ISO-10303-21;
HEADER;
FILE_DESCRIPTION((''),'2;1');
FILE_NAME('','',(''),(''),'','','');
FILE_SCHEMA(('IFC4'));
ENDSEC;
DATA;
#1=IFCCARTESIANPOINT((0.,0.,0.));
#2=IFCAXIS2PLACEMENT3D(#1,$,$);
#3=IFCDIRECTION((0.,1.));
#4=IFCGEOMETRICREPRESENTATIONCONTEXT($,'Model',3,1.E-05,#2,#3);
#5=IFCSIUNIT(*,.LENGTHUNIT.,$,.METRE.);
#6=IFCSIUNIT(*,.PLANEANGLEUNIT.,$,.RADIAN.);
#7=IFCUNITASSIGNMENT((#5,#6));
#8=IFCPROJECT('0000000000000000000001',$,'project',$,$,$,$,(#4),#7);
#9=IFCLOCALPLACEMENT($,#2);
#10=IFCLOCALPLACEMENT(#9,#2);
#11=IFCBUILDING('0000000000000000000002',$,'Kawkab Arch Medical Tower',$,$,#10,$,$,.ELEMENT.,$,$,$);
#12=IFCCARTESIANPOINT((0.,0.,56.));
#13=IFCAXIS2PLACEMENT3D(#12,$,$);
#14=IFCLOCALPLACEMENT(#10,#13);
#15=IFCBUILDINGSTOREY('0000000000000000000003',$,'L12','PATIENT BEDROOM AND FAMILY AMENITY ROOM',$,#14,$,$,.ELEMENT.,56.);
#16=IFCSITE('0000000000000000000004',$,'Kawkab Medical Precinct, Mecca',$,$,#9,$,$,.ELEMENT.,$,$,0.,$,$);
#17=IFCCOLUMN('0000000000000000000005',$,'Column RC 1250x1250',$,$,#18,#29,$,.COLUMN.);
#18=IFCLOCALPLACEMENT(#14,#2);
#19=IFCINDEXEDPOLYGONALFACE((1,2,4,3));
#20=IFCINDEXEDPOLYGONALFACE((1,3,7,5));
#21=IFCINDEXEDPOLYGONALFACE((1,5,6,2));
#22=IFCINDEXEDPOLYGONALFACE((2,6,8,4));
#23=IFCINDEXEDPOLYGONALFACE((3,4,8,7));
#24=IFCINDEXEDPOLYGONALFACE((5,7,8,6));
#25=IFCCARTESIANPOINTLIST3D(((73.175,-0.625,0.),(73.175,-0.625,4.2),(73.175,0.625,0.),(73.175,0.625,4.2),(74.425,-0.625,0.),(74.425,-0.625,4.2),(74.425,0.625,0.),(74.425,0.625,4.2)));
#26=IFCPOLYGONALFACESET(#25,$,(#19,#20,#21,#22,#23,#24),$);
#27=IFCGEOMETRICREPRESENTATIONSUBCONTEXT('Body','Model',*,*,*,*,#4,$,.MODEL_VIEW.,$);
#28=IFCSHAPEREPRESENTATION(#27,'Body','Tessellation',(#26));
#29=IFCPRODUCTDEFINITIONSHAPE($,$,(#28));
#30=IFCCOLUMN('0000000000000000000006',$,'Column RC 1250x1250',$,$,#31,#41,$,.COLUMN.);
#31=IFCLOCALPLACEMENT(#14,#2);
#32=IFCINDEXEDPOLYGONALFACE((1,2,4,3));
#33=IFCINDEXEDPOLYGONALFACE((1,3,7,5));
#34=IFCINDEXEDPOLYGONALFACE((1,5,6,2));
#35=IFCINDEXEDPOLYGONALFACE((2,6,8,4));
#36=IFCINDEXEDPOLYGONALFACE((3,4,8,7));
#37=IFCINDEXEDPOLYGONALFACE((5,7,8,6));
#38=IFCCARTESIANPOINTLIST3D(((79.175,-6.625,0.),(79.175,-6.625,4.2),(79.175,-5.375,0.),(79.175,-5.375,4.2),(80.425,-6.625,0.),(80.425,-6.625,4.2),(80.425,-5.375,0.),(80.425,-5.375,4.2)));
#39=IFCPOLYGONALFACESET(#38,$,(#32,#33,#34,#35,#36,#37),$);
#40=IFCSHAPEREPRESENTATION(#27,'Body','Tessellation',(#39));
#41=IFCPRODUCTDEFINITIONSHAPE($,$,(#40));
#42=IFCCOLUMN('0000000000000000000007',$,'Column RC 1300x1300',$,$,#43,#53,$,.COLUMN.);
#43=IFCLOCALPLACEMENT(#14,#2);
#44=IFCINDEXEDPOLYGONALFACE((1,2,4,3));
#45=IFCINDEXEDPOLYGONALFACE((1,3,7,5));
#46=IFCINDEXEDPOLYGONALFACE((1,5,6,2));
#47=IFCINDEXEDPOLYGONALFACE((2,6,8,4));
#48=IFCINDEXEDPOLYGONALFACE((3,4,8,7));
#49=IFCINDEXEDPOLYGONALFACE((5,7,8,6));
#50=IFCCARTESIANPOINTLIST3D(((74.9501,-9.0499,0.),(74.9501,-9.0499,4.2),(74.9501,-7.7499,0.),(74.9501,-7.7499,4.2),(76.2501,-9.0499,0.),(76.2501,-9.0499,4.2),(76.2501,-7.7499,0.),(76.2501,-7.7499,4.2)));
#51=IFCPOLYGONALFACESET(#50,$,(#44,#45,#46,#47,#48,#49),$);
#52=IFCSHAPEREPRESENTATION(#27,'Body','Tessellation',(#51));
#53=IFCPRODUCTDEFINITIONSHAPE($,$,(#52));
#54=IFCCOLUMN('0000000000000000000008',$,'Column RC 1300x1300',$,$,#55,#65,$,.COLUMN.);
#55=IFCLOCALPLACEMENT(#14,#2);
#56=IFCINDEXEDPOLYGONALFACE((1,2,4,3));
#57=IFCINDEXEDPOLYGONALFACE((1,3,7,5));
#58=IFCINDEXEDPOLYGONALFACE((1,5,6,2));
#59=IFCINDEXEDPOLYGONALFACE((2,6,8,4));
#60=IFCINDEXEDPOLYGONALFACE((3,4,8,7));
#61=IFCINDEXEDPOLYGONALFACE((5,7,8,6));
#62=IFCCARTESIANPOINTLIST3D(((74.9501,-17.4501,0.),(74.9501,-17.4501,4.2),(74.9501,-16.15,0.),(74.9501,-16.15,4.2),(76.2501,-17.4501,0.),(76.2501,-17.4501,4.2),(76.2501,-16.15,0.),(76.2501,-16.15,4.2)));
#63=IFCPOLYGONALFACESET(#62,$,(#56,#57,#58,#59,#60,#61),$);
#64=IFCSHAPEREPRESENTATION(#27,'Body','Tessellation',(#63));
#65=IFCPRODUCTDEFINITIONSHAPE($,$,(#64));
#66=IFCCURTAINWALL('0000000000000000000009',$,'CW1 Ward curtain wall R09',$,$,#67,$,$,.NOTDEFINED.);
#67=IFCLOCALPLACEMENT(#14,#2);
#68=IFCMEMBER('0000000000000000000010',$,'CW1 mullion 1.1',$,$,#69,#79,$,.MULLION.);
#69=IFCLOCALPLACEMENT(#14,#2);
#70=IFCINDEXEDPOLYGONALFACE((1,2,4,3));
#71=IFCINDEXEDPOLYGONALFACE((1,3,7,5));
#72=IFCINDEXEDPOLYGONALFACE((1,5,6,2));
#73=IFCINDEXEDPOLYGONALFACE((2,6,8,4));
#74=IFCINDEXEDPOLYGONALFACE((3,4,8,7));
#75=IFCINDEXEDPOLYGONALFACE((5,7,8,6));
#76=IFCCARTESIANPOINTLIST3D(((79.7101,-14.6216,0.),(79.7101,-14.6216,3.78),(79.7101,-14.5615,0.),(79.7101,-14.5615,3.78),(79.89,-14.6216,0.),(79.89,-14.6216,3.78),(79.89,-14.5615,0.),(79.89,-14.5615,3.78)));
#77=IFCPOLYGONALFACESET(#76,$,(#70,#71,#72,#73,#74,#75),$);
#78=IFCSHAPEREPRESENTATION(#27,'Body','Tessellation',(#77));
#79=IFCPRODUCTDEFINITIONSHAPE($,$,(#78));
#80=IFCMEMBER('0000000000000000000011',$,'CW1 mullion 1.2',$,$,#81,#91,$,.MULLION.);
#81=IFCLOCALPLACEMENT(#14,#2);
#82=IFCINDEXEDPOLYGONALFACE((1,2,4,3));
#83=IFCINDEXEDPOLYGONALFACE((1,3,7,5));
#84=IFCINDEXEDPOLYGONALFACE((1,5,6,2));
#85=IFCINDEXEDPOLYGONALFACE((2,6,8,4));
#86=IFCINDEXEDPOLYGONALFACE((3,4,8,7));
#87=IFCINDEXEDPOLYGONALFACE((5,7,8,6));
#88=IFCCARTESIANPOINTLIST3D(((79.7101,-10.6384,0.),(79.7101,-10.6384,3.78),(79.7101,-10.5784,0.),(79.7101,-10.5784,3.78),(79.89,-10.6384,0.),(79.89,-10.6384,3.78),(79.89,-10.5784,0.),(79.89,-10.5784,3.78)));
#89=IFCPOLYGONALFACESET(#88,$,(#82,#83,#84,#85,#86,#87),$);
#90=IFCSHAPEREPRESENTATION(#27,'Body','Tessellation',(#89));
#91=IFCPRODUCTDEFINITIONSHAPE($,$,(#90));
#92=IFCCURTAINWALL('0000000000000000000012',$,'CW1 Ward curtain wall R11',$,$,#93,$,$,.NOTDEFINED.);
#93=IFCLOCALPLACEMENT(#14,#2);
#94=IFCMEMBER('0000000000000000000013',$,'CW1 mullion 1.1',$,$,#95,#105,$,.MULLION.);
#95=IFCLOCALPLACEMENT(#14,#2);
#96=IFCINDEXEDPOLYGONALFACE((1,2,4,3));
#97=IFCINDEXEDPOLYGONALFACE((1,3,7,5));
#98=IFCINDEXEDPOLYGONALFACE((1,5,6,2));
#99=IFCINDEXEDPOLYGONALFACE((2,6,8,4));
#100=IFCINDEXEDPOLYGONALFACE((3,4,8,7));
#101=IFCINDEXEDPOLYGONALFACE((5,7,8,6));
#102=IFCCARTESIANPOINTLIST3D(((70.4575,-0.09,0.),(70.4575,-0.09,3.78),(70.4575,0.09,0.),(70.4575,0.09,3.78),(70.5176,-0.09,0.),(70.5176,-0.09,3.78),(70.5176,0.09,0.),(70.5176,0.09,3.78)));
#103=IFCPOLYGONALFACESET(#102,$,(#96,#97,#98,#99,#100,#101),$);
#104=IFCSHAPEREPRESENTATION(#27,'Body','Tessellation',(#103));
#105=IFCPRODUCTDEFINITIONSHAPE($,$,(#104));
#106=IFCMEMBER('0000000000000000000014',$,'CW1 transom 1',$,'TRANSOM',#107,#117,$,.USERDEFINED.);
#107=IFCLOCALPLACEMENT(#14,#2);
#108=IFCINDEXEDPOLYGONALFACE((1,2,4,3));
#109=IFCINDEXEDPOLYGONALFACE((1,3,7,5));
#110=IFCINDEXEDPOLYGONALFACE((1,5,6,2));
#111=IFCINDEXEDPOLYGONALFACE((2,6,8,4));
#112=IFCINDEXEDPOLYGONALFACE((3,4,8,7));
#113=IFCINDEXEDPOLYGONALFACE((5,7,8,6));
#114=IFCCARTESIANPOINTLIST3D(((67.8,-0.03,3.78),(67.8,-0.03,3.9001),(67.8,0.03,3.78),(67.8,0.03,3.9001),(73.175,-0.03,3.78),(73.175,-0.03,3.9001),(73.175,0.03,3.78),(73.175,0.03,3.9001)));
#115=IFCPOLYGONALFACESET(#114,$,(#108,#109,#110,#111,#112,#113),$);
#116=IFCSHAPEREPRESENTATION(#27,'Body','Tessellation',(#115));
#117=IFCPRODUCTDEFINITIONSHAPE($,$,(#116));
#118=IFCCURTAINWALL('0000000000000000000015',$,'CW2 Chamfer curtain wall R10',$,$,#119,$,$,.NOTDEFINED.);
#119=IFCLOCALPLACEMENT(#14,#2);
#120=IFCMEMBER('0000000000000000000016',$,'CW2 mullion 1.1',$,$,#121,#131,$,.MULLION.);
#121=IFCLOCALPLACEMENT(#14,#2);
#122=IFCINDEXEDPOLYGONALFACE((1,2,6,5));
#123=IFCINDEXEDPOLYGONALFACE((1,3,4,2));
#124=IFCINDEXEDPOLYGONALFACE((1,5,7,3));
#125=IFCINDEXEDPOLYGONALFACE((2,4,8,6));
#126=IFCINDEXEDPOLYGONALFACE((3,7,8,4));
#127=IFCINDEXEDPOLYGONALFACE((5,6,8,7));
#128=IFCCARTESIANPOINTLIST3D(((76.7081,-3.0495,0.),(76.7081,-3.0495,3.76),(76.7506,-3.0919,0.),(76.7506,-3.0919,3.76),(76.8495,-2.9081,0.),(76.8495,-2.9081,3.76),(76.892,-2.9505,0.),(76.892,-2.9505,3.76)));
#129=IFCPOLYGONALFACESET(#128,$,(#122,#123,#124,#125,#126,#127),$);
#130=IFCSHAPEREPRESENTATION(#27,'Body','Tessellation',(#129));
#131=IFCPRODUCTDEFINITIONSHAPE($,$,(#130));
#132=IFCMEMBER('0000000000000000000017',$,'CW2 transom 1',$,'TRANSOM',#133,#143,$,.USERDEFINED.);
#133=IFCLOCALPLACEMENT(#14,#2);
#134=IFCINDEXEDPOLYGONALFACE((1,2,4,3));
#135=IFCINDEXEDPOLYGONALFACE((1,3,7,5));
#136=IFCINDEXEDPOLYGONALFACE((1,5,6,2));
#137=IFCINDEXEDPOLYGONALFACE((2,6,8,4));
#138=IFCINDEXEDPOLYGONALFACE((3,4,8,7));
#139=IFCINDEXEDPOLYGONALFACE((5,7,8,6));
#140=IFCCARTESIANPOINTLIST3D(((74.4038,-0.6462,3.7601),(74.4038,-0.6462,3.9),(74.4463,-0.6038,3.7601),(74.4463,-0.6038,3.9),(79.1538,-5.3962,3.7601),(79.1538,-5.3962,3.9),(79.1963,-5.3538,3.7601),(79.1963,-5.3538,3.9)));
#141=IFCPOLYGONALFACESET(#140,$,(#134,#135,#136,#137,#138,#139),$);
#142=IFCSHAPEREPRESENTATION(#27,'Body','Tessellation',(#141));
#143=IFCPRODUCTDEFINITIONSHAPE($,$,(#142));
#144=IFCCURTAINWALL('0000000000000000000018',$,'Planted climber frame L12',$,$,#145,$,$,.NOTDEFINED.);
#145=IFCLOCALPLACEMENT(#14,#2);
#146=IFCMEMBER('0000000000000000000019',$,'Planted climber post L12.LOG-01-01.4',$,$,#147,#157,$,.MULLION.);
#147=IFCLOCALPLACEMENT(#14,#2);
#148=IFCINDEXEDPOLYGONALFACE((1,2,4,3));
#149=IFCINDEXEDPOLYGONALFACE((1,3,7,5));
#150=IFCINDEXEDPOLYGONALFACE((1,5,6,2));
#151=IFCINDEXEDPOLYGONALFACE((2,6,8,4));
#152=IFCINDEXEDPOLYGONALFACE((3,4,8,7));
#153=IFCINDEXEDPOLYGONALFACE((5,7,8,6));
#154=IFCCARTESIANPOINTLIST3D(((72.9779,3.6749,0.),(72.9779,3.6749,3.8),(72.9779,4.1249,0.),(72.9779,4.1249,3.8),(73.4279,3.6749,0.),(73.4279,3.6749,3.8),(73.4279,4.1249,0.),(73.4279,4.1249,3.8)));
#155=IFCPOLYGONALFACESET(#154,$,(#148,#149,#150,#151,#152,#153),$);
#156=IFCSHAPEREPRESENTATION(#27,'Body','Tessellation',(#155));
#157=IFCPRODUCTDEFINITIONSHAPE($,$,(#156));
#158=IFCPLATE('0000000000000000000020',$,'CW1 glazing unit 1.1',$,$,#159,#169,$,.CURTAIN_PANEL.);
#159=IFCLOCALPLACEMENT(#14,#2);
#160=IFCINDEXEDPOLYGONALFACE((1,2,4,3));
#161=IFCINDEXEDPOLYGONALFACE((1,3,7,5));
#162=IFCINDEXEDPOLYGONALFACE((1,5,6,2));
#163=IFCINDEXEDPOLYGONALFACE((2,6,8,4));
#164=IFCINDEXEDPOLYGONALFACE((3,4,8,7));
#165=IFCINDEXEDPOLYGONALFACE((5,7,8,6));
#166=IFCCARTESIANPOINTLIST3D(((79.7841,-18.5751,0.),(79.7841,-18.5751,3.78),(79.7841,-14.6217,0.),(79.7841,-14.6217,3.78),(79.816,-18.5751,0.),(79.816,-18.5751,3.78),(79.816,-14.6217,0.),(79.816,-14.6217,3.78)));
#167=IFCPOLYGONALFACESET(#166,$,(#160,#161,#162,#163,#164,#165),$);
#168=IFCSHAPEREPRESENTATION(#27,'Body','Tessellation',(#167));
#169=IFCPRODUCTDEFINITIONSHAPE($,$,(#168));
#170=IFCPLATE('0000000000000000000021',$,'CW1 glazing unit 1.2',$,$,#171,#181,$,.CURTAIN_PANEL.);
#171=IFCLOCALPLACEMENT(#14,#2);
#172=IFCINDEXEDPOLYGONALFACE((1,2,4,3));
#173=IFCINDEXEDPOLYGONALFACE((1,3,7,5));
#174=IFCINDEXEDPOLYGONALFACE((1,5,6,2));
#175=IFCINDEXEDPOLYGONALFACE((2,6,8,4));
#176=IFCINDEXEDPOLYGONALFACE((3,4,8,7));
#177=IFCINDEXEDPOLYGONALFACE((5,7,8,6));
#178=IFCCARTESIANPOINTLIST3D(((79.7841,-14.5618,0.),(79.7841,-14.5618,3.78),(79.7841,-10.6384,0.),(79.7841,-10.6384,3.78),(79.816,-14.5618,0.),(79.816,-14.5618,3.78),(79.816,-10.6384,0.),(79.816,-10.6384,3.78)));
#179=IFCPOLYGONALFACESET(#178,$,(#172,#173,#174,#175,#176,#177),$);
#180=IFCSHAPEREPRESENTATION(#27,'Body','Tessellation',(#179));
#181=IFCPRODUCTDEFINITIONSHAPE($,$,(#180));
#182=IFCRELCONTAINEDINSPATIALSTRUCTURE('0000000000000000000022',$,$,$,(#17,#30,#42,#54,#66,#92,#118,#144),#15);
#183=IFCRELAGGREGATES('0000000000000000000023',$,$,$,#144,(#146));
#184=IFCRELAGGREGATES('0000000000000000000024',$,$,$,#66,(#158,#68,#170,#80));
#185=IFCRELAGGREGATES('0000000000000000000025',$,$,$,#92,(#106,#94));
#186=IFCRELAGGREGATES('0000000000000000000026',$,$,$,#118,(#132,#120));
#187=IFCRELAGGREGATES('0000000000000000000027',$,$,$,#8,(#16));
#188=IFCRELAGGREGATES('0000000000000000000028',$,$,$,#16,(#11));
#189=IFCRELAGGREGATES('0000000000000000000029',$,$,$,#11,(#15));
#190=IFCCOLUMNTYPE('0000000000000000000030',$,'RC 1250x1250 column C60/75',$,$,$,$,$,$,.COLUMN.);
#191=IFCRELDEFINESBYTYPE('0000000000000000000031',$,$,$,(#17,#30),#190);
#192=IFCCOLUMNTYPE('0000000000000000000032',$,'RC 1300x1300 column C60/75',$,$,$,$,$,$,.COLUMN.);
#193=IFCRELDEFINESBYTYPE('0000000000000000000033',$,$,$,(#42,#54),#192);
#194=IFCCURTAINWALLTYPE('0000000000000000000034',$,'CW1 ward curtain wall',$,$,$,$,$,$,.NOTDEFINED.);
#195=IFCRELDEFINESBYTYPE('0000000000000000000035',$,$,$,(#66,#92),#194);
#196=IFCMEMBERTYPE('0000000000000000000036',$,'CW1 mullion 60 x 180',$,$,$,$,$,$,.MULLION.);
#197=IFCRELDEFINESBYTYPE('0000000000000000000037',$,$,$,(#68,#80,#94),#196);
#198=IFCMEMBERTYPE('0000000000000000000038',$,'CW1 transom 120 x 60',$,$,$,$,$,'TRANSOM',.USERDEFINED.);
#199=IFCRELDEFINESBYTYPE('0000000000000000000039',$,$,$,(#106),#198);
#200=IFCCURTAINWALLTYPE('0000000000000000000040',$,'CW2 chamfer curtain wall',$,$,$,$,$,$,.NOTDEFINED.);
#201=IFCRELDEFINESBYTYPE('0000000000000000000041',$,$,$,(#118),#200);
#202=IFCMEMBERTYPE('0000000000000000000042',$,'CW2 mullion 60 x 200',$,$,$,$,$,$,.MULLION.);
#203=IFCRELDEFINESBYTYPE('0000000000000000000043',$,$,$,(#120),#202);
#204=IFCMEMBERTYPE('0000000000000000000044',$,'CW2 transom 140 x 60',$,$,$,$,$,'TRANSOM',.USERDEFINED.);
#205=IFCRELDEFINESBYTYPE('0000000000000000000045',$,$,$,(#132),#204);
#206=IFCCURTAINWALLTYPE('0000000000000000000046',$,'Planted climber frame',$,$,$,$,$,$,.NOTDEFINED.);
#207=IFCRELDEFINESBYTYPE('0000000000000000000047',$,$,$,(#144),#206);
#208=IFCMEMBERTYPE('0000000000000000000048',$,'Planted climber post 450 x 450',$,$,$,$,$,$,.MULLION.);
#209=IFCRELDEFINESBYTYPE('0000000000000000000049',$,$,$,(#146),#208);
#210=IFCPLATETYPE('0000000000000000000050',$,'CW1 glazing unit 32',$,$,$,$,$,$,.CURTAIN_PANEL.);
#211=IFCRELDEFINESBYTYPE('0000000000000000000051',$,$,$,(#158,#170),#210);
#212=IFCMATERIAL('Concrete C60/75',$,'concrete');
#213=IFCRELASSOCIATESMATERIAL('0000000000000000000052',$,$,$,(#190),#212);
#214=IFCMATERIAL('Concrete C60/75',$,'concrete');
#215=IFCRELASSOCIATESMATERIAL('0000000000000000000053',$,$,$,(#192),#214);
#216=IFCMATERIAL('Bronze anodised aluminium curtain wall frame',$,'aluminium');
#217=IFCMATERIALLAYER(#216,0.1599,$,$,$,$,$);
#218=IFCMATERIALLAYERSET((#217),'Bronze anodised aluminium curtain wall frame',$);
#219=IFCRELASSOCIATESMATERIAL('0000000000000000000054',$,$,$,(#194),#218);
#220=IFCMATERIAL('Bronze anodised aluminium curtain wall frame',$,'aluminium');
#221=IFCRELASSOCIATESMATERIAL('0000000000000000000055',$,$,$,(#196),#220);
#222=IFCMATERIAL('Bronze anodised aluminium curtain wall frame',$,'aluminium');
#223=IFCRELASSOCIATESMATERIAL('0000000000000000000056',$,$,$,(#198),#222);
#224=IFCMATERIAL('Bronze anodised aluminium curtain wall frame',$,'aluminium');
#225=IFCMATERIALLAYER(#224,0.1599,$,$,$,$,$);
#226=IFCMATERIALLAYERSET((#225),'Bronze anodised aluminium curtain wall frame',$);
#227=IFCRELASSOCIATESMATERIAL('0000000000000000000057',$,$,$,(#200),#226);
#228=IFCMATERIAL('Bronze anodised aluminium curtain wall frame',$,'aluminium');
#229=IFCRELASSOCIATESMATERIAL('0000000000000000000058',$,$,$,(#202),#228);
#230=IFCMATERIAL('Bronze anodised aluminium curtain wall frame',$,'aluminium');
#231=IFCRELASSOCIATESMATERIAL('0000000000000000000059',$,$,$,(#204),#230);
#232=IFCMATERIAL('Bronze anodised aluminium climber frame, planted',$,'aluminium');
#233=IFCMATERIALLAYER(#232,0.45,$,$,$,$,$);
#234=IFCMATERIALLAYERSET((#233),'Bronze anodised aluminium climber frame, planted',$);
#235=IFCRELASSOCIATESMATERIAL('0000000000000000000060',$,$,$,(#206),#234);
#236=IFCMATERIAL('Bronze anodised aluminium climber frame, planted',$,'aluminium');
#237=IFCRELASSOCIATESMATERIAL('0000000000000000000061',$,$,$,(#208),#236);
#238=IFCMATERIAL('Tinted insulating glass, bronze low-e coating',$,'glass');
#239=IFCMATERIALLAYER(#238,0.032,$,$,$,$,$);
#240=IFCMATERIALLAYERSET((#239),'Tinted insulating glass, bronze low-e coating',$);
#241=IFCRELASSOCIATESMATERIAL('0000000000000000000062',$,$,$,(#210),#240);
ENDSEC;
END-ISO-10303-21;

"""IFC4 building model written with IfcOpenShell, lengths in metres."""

from ifc_helpers import new_model, si_unit, direction, frame, origin, origin_2d, place, context, subcontext, project, spatial, rectangle, extrude, material, layer, layer_set, material_profile, profile_set, type_object, element, aggregate, save


model = new_model("IFC4")

# Units and contexts
model_context = context("Model", 3, precision=1e-05, world=origin(), true_north=direction((0.0, 1.0)))
body_context = subcontext(model_context, "Body", "Model", "MODEL_VIEW")
ifc_project = project(units=[si_unit("LENGTHUNIT", "METRE"), si_unit("PLANEANGLEUNIT", "RADIAN")], contexts=[model_context])

# Site, building, storey
site_placement = place(None, origin())
site = spatial("IfcSite", under=ifc_project, at=site_placement, Name="Kawkab Medical Precinct, Mecca", CompositionType="ELEMENT", RefElevation=0.0)
building_placement = place(site_placement, origin())
building = spatial("IfcBuilding", under=site, at=building_placement, Name="Kawkab Arch Medical Tower", CompositionType="ELEMENT")
storey_placement = place(building_placement, frame((0.0, 0.0, 56.0)))
storey = spatial("IfcBuildingStorey", under=building, at=storey_placement, Name="L12", Description="PATIENT BEDROOM AND FAMILY AMENITY ROOM", CompositionType="ELEMENT", Elevation=56.0)

# Columns
ifc_material_1 = material(Name="Concrete C60/75", Category="concrete")
ifc_material_profile_1 = material_profile(ifc_material_1, rectangle(XDim=1.25, YDim=1.25, at=origin_2d()), Name="RC 1250x1250")
ifc_profile_set_1 = profile_set([ifc_material_profile_1], Name="Concrete C60/75")
column_type_1 = type_object("IfcColumnType", Name="RC 1250x1250 column C60/75", PredefinedType="COLUMN", material=ifc_profile_set_1)
for number, where, z_axis, x_axis, name in (
    (1, (73.8, 0.0, 0.0), (0.0, 0.0, 1.0), (1.0, 0.0, 0.0), "Column RC 1250x1250"),
    (2, (79.8, -6.0, 0.0), (0.0, 0.0, 1.0), (1.0, 0.0, 0.0), "Column RC 1250x1250"),
):
    element("IfcColumn", number, at=place(storey_placement, frame(where, z_axis=z_axis, x_axis=x_axis)), inside=storey, type_object=column_type_1, Name=name, PredefinedType="COLUMN", context=body_context, shape_type="SweptSolid", body=[
        extrude(rectangle(XDim=1.25, YDim=1.25, at=origin_2d()), origin(), (0.0, 0.0, 1.0), 4.2),
    ])
ifc_material_2 = material(Name="Concrete C60/75", Category="concrete")
ifc_material_profile_2 = material_profile(ifc_material_2, rectangle(XDim=1.3, YDim=1.3, at=origin_2d()), Name="RC 1300x1300")
ifc_profile_set_2 = profile_set([ifc_material_profile_2], Name="Concrete C60/75")
column_type_2 = type_object("IfcColumnType", Name="RC 1300x1300 column C60/75", PredefinedType="COLUMN", material=ifc_profile_set_2)
for number, where, z_axis, x_axis, name in (
    (3, (75.6001, -8.3999, 0.0), (0.0, 0.0, 1.0), (1.0, 0.0, 0.0), "Column RC 1300x1300"),
    (4, (75.6001, -16.8, 0.0), (0.0, 0.0, 1.0), (1.0, 0.0, 0.0), "Column RC 1300x1300"),
):
    element("IfcColumn", number, at=place(storey_placement, frame(where, z_axis=z_axis, x_axis=x_axis)), inside=storey, type_object=column_type_2, Name=name, PredefinedType="COLUMN", context=body_context, shape_type="SweptSolid", body=[
        extrude(rectangle(XDim=1.3, YDim=1.3, at=origin_2d()), origin(), (0.0, 0.0, 1.0), 4.2),
    ])

# Curtain walls, members
ifc_material_3 = material(Name="Bronze anodised aluminium curtain wall frame", Category="aluminium")
ifc_layer_1 = layer(ifc_material_3, 0.1599)
ifc_layer_set_1 = layer_set([ifc_layer_1], Name="Bronze anodised aluminium curtain wall frame")
curtain_wall_type_1 = type_object("IfcCurtainWallType", Name="CW1 ward curtain wall", PredefinedType="NOTDEFINED", material=ifc_layer_set_1)
placement = place(storey_placement, origin())
curtain_wall_1 = element("IfcCurtainWall", 5, at=placement, inside=storey, type_object=curtain_wall_type_1, Name="CW1 Ward curtain wall R09", PredefinedType="NOTDEFINED")
ifc_material_4 = material(Name="Bronze anodised aluminium curtain wall frame", Category="aluminium")
ifc_material_profile_3 = material_profile(ifc_material_4, rectangle(XDim=0.1799, YDim=0.0601, at=origin_2d()), Name="AL 60x180")
ifc_profile_set_3 = profile_set([ifc_material_profile_3], Name="Bronze anodised aluminium curtain wall frame")
member_type_1 = type_object("IfcMemberType", Name="CW1 mullion 60 x 180", PredefinedType="MULLION", material=ifc_profile_set_3)
member_1_placement = place(storey_placement, frame((79.8, -14.5916, 0.0), z_axis=(0.0, 0.0, 1.0), x_axis=(-1.0, 0.0, 0.0)))
member_1 = element("IfcMember", 6, at=member_1_placement, type_object=member_type_1, Name="CW1 mullion 1.1", PredefinedType="MULLION", context=body_context, shape_type="SweptSolid", body=[
    extrude(rectangle(XDim=0.1799, YDim=0.0601, at=origin_2d()), origin(), (0.0, 0.0, 1.0), 3.78),
])
member_2_placement = place(storey_placement, frame((79.8, -10.6084, 0.0), z_axis=(0.0, 0.0, 1.0), x_axis=(-1.0, 0.0, 0.0)))
member_2 = element("IfcMember", 7, at=member_2_placement, type_object=member_type_1, Name="CW1 mullion 1.2", PredefinedType="MULLION", context=body_context, shape_type="SweptSolid", body=[
    extrude(rectangle(XDim=0.1799, YDim=0.0601, at=origin_2d()), origin(), (0.0, 0.0, 1.0), 3.78),
])
curtain_wall_2 = element("IfcCurtainWall", 8, at=placement, inside=storey, type_object=curtain_wall_type_1, Name="CW1 Ward curtain wall R11", PredefinedType="NOTDEFINED")
member_3_placement = place(storey_placement, frame((70.4875, 0.0, 0.0), z_axis=(0.0, 0.0, 1.0), x_axis=(0.0, -1.0, 0.0)))
member_3 = element("IfcMember", 9, at=member_3_placement, type_object=member_type_1, Name="CW1 mullion 1.1", PredefinedType="MULLION", context=body_context, shape_type="SweptSolid", body=[
    extrude(rectangle(XDim=0.1799, YDim=0.0601, at=origin_2d()), origin(), (0.0, 0.0, 1.0), 3.78),
])
ifc_material_5 = material(Name="Bronze anodised aluminium curtain wall frame", Category="aluminium")
ifc_material_profile_4 = material_profile(ifc_material_5, rectangle(XDim=0.0601, YDim=0.1201, at=origin_2d()), Name="AL 60x120")
ifc_profile_set_4 = profile_set([ifc_material_profile_4], Name="Bronze anodised aluminium curtain wall frame")
member_type_2 = type_object("IfcMemberType", Name="CW1 transom 120 x 60", ElementType="TRANSOM", PredefinedType="USERDEFINED", material=ifc_profile_set_4)
member_4_placement = place(storey_placement, frame((73.175, 0.0, 3.8401), z_axis=(-1.0, 0.0, 0.0), x_axis=(0.0, -1.0, 0.0)))
member_4 = element("IfcMember", 10, at=member_4_placement, type_object=member_type_2, Name="CW1 transom 1", ObjectType="TRANSOM", PredefinedType="USERDEFINED", context=body_context, shape_type="SweptSolid", body=[
    extrude(rectangle(XDim=0.0601, YDim=0.1201, at=origin_2d()), origin(), (0.0, 0.0, 1.0), 5.375),
])
ifc_material_6 = material(Name="Bronze anodised aluminium curtain wall frame", Category="aluminium")
ifc_layer_2 = layer(ifc_material_6, 0.1599)
ifc_layer_set_2 = layer_set([ifc_layer_2], Name="Bronze anodised aluminium curtain wall frame")
curtain_wall_type_2 = type_object("IfcCurtainWallType", Name="CW2 chamfer curtain wall", PredefinedType="NOTDEFINED", material=ifc_layer_set_2)
curtain_wall_3 = element("IfcCurtainWall", 11, at=placement, inside=storey, type_object=curtain_wall_type_2, Name="CW2 Chamfer curtain wall R10", PredefinedType="NOTDEFINED")
ifc_material_7 = material(Name="Bronze anodised aluminium curtain wall frame", Category="aluminium")
ifc_material_profile_5 = material_profile(ifc_material_7, rectangle(XDim=0.2, YDim=0.0601, at=origin_2d()), Name="AL 60x200")
ifc_profile_set_5 = profile_set([ifc_material_profile_5], Name="Bronze anodised aluminium curtain wall frame")
member_type_3 = type_object("IfcMemberType", Name="CW2 mullion 60 x 200", PredefinedType="MULLION", material=ifc_profile_set_5)
member_5_placement = place(storey_placement, frame((76.8, -3.0, 0.0), z_axis=(0.0, 0.0, 1.0), x_axis=(-0.707107, -0.707107, 0.0)))
member_5 = element("IfcMember", 12, at=member_5_placement, type_object=member_type_3, Name="CW2 mullion 1.1", PredefinedType="MULLION", context=body_context, shape_type="SweptSolid", body=[
    extrude(rectangle(XDim=0.2, YDim=0.0601, at=origin_2d()), origin(), (0.0, 0.0, 1.0), 3.76),
])
ifc_material_8 = material(Name="Bronze anodised aluminium curtain wall frame", Category="aluminium")
ifc_material_profile_6 = material_profile(ifc_material_8, rectangle(XDim=0.0601, YDim=0.1399, at=origin_2d()), Name="AL 60x140")
ifc_profile_set_6 = profile_set([ifc_material_profile_6], Name="Bronze anodised aluminium curtain wall frame")
member_type_4 = type_object("IfcMemberType", Name="CW2 transom 140 x 60", ElementType="TRANSOM", PredefinedType="USERDEFINED", material=ifc_profile_set_6)
member_6_placement = place(storey_placement, frame((79.175, -5.375, 3.8301), z_axis=(-0.707107, 0.707107, 0.0), x_axis=(-0.707107, -0.707107, 0.0)))
member_6 = element("IfcMember", 13, at=member_6_placement, type_object=member_type_4, Name="CW2 transom 1", ObjectType="TRANSOM", PredefinedType="USERDEFINED", context=body_context, shape_type="SweptSolid", body=[
    extrude(rectangle(XDim=0.0601, YDim=0.1399, at=origin_2d()), origin(), (0.0, 0.0, 1.0), 6.7175),
])

# Curtain wall, member
ifc_material_9 = material(Name="Bronze anodised aluminium climber frame, planted", Category="aluminium")
ifc_layer_3 = layer(ifc_material_9, 0.45)
ifc_layer_set_3 = layer_set([ifc_layer_3], Name="Bronze anodised aluminium climber frame, planted")
curtain_wall_type_3 = type_object("IfcCurtainWallType", Name="Planted climber frame", PredefinedType="NOTDEFINED", material=ifc_layer_set_3)
curtain_wall_4 = element("IfcCurtainWall", 14, at=placement, inside=storey, type_object=curtain_wall_type_3, Name="Planted climber frame L12", PredefinedType="NOTDEFINED")
ifc_material_10 = material(Name="Bronze anodised aluminium climber frame, planted", Category="aluminium")
ifc_material_profile_7 = material_profile(ifc_material_10, rectangle(XDim=0.45, YDim=0.45, at=origin_2d()), Name="Post 450x450")
ifc_profile_set_7 = profile_set([ifc_material_profile_7], Name="Bronze anodised aluminium climber frame, planted")
member_type_5 = type_object("IfcMemberType", Name="Planted climber post 450 x 450", PredefinedType="MULLION", material=ifc_profile_set_7)
member_7_placement = place(storey_placement, frame((73.2029, 3.8999, 0.0), z_axis=(0.0, 0.0, 1.0), x_axis=(1.0, 0.0, 0.0)))
member_7 = element("IfcMember", 15, at=member_7_placement, type_object=member_type_5, Name="Planted climber post L12.LOG-01-01.4", PredefinedType="MULLION", context=body_context, shape_type="SweptSolid", body=[
    extrude(rectangle(XDim=0.45, YDim=0.45, at=origin_2d()), origin(), (0.0, 0.0, 1.0), 3.8),
])
aggregate(curtain_wall_4, [member_7])

# Plates
ifc_material_11 = material(Name="Tinted insulating glass, bronze low-e coating", Category="glass")
ifc_layer_4 = layer(ifc_material_11, 0.032)
ifc_layer_set_4 = layer_set([ifc_layer_4], Name="Tinted insulating glass, bronze low-e coating")
plate_type_1 = type_object("IfcPlateType", Name="CW1 glazing unit 32", PredefinedType="CURTAIN_PANEL", material=ifc_layer_set_4)
plate_1_placement = place(storey_placement, frame((79.8, -16.5984, 0.0), z_axis=(0.0, 0.0, 1.0), x_axis=(0.0, 1.0, 0.0)))
plate_1 = element("IfcPlate", 16, at=plate_1_placement, type_object=plate_type_1, Name="CW1 glazing unit 1.1", PredefinedType="CURTAIN_PANEL", context=body_context, shape_type="SweptSolid", body=[
    extrude(rectangle(XDim=3.9534, YDim=0.032, at=origin_2d()), origin(), (0.0, 0.0, 1.0), 3.78),
])
plate_2_placement = place(storey_placement, frame((79.8, -12.6001, 0.0), z_axis=(0.0, 0.0, 1.0), x_axis=(0.0, 1.0, 0.0)))
plate_2 = element("IfcPlate", 17, at=plate_2_placement, type_object=plate_type_1, Name="CW1 glazing unit 1.2", PredefinedType="CURTAIN_PANEL", context=body_context, shape_type="SweptSolid", body=[
    extrude(rectangle(XDim=3.9233, YDim=0.032, at=origin_2d()), origin(), (0.0, 0.0, 1.0), 3.78),
])
aggregate(curtain_wall_1, [plate_1, member_1, plate_2, member_2])
aggregate(curtain_wall_2, [member_4, member_3])
aggregate(curtain_wall_3, [member_6, member_5])

save(model, "model.ifc")
